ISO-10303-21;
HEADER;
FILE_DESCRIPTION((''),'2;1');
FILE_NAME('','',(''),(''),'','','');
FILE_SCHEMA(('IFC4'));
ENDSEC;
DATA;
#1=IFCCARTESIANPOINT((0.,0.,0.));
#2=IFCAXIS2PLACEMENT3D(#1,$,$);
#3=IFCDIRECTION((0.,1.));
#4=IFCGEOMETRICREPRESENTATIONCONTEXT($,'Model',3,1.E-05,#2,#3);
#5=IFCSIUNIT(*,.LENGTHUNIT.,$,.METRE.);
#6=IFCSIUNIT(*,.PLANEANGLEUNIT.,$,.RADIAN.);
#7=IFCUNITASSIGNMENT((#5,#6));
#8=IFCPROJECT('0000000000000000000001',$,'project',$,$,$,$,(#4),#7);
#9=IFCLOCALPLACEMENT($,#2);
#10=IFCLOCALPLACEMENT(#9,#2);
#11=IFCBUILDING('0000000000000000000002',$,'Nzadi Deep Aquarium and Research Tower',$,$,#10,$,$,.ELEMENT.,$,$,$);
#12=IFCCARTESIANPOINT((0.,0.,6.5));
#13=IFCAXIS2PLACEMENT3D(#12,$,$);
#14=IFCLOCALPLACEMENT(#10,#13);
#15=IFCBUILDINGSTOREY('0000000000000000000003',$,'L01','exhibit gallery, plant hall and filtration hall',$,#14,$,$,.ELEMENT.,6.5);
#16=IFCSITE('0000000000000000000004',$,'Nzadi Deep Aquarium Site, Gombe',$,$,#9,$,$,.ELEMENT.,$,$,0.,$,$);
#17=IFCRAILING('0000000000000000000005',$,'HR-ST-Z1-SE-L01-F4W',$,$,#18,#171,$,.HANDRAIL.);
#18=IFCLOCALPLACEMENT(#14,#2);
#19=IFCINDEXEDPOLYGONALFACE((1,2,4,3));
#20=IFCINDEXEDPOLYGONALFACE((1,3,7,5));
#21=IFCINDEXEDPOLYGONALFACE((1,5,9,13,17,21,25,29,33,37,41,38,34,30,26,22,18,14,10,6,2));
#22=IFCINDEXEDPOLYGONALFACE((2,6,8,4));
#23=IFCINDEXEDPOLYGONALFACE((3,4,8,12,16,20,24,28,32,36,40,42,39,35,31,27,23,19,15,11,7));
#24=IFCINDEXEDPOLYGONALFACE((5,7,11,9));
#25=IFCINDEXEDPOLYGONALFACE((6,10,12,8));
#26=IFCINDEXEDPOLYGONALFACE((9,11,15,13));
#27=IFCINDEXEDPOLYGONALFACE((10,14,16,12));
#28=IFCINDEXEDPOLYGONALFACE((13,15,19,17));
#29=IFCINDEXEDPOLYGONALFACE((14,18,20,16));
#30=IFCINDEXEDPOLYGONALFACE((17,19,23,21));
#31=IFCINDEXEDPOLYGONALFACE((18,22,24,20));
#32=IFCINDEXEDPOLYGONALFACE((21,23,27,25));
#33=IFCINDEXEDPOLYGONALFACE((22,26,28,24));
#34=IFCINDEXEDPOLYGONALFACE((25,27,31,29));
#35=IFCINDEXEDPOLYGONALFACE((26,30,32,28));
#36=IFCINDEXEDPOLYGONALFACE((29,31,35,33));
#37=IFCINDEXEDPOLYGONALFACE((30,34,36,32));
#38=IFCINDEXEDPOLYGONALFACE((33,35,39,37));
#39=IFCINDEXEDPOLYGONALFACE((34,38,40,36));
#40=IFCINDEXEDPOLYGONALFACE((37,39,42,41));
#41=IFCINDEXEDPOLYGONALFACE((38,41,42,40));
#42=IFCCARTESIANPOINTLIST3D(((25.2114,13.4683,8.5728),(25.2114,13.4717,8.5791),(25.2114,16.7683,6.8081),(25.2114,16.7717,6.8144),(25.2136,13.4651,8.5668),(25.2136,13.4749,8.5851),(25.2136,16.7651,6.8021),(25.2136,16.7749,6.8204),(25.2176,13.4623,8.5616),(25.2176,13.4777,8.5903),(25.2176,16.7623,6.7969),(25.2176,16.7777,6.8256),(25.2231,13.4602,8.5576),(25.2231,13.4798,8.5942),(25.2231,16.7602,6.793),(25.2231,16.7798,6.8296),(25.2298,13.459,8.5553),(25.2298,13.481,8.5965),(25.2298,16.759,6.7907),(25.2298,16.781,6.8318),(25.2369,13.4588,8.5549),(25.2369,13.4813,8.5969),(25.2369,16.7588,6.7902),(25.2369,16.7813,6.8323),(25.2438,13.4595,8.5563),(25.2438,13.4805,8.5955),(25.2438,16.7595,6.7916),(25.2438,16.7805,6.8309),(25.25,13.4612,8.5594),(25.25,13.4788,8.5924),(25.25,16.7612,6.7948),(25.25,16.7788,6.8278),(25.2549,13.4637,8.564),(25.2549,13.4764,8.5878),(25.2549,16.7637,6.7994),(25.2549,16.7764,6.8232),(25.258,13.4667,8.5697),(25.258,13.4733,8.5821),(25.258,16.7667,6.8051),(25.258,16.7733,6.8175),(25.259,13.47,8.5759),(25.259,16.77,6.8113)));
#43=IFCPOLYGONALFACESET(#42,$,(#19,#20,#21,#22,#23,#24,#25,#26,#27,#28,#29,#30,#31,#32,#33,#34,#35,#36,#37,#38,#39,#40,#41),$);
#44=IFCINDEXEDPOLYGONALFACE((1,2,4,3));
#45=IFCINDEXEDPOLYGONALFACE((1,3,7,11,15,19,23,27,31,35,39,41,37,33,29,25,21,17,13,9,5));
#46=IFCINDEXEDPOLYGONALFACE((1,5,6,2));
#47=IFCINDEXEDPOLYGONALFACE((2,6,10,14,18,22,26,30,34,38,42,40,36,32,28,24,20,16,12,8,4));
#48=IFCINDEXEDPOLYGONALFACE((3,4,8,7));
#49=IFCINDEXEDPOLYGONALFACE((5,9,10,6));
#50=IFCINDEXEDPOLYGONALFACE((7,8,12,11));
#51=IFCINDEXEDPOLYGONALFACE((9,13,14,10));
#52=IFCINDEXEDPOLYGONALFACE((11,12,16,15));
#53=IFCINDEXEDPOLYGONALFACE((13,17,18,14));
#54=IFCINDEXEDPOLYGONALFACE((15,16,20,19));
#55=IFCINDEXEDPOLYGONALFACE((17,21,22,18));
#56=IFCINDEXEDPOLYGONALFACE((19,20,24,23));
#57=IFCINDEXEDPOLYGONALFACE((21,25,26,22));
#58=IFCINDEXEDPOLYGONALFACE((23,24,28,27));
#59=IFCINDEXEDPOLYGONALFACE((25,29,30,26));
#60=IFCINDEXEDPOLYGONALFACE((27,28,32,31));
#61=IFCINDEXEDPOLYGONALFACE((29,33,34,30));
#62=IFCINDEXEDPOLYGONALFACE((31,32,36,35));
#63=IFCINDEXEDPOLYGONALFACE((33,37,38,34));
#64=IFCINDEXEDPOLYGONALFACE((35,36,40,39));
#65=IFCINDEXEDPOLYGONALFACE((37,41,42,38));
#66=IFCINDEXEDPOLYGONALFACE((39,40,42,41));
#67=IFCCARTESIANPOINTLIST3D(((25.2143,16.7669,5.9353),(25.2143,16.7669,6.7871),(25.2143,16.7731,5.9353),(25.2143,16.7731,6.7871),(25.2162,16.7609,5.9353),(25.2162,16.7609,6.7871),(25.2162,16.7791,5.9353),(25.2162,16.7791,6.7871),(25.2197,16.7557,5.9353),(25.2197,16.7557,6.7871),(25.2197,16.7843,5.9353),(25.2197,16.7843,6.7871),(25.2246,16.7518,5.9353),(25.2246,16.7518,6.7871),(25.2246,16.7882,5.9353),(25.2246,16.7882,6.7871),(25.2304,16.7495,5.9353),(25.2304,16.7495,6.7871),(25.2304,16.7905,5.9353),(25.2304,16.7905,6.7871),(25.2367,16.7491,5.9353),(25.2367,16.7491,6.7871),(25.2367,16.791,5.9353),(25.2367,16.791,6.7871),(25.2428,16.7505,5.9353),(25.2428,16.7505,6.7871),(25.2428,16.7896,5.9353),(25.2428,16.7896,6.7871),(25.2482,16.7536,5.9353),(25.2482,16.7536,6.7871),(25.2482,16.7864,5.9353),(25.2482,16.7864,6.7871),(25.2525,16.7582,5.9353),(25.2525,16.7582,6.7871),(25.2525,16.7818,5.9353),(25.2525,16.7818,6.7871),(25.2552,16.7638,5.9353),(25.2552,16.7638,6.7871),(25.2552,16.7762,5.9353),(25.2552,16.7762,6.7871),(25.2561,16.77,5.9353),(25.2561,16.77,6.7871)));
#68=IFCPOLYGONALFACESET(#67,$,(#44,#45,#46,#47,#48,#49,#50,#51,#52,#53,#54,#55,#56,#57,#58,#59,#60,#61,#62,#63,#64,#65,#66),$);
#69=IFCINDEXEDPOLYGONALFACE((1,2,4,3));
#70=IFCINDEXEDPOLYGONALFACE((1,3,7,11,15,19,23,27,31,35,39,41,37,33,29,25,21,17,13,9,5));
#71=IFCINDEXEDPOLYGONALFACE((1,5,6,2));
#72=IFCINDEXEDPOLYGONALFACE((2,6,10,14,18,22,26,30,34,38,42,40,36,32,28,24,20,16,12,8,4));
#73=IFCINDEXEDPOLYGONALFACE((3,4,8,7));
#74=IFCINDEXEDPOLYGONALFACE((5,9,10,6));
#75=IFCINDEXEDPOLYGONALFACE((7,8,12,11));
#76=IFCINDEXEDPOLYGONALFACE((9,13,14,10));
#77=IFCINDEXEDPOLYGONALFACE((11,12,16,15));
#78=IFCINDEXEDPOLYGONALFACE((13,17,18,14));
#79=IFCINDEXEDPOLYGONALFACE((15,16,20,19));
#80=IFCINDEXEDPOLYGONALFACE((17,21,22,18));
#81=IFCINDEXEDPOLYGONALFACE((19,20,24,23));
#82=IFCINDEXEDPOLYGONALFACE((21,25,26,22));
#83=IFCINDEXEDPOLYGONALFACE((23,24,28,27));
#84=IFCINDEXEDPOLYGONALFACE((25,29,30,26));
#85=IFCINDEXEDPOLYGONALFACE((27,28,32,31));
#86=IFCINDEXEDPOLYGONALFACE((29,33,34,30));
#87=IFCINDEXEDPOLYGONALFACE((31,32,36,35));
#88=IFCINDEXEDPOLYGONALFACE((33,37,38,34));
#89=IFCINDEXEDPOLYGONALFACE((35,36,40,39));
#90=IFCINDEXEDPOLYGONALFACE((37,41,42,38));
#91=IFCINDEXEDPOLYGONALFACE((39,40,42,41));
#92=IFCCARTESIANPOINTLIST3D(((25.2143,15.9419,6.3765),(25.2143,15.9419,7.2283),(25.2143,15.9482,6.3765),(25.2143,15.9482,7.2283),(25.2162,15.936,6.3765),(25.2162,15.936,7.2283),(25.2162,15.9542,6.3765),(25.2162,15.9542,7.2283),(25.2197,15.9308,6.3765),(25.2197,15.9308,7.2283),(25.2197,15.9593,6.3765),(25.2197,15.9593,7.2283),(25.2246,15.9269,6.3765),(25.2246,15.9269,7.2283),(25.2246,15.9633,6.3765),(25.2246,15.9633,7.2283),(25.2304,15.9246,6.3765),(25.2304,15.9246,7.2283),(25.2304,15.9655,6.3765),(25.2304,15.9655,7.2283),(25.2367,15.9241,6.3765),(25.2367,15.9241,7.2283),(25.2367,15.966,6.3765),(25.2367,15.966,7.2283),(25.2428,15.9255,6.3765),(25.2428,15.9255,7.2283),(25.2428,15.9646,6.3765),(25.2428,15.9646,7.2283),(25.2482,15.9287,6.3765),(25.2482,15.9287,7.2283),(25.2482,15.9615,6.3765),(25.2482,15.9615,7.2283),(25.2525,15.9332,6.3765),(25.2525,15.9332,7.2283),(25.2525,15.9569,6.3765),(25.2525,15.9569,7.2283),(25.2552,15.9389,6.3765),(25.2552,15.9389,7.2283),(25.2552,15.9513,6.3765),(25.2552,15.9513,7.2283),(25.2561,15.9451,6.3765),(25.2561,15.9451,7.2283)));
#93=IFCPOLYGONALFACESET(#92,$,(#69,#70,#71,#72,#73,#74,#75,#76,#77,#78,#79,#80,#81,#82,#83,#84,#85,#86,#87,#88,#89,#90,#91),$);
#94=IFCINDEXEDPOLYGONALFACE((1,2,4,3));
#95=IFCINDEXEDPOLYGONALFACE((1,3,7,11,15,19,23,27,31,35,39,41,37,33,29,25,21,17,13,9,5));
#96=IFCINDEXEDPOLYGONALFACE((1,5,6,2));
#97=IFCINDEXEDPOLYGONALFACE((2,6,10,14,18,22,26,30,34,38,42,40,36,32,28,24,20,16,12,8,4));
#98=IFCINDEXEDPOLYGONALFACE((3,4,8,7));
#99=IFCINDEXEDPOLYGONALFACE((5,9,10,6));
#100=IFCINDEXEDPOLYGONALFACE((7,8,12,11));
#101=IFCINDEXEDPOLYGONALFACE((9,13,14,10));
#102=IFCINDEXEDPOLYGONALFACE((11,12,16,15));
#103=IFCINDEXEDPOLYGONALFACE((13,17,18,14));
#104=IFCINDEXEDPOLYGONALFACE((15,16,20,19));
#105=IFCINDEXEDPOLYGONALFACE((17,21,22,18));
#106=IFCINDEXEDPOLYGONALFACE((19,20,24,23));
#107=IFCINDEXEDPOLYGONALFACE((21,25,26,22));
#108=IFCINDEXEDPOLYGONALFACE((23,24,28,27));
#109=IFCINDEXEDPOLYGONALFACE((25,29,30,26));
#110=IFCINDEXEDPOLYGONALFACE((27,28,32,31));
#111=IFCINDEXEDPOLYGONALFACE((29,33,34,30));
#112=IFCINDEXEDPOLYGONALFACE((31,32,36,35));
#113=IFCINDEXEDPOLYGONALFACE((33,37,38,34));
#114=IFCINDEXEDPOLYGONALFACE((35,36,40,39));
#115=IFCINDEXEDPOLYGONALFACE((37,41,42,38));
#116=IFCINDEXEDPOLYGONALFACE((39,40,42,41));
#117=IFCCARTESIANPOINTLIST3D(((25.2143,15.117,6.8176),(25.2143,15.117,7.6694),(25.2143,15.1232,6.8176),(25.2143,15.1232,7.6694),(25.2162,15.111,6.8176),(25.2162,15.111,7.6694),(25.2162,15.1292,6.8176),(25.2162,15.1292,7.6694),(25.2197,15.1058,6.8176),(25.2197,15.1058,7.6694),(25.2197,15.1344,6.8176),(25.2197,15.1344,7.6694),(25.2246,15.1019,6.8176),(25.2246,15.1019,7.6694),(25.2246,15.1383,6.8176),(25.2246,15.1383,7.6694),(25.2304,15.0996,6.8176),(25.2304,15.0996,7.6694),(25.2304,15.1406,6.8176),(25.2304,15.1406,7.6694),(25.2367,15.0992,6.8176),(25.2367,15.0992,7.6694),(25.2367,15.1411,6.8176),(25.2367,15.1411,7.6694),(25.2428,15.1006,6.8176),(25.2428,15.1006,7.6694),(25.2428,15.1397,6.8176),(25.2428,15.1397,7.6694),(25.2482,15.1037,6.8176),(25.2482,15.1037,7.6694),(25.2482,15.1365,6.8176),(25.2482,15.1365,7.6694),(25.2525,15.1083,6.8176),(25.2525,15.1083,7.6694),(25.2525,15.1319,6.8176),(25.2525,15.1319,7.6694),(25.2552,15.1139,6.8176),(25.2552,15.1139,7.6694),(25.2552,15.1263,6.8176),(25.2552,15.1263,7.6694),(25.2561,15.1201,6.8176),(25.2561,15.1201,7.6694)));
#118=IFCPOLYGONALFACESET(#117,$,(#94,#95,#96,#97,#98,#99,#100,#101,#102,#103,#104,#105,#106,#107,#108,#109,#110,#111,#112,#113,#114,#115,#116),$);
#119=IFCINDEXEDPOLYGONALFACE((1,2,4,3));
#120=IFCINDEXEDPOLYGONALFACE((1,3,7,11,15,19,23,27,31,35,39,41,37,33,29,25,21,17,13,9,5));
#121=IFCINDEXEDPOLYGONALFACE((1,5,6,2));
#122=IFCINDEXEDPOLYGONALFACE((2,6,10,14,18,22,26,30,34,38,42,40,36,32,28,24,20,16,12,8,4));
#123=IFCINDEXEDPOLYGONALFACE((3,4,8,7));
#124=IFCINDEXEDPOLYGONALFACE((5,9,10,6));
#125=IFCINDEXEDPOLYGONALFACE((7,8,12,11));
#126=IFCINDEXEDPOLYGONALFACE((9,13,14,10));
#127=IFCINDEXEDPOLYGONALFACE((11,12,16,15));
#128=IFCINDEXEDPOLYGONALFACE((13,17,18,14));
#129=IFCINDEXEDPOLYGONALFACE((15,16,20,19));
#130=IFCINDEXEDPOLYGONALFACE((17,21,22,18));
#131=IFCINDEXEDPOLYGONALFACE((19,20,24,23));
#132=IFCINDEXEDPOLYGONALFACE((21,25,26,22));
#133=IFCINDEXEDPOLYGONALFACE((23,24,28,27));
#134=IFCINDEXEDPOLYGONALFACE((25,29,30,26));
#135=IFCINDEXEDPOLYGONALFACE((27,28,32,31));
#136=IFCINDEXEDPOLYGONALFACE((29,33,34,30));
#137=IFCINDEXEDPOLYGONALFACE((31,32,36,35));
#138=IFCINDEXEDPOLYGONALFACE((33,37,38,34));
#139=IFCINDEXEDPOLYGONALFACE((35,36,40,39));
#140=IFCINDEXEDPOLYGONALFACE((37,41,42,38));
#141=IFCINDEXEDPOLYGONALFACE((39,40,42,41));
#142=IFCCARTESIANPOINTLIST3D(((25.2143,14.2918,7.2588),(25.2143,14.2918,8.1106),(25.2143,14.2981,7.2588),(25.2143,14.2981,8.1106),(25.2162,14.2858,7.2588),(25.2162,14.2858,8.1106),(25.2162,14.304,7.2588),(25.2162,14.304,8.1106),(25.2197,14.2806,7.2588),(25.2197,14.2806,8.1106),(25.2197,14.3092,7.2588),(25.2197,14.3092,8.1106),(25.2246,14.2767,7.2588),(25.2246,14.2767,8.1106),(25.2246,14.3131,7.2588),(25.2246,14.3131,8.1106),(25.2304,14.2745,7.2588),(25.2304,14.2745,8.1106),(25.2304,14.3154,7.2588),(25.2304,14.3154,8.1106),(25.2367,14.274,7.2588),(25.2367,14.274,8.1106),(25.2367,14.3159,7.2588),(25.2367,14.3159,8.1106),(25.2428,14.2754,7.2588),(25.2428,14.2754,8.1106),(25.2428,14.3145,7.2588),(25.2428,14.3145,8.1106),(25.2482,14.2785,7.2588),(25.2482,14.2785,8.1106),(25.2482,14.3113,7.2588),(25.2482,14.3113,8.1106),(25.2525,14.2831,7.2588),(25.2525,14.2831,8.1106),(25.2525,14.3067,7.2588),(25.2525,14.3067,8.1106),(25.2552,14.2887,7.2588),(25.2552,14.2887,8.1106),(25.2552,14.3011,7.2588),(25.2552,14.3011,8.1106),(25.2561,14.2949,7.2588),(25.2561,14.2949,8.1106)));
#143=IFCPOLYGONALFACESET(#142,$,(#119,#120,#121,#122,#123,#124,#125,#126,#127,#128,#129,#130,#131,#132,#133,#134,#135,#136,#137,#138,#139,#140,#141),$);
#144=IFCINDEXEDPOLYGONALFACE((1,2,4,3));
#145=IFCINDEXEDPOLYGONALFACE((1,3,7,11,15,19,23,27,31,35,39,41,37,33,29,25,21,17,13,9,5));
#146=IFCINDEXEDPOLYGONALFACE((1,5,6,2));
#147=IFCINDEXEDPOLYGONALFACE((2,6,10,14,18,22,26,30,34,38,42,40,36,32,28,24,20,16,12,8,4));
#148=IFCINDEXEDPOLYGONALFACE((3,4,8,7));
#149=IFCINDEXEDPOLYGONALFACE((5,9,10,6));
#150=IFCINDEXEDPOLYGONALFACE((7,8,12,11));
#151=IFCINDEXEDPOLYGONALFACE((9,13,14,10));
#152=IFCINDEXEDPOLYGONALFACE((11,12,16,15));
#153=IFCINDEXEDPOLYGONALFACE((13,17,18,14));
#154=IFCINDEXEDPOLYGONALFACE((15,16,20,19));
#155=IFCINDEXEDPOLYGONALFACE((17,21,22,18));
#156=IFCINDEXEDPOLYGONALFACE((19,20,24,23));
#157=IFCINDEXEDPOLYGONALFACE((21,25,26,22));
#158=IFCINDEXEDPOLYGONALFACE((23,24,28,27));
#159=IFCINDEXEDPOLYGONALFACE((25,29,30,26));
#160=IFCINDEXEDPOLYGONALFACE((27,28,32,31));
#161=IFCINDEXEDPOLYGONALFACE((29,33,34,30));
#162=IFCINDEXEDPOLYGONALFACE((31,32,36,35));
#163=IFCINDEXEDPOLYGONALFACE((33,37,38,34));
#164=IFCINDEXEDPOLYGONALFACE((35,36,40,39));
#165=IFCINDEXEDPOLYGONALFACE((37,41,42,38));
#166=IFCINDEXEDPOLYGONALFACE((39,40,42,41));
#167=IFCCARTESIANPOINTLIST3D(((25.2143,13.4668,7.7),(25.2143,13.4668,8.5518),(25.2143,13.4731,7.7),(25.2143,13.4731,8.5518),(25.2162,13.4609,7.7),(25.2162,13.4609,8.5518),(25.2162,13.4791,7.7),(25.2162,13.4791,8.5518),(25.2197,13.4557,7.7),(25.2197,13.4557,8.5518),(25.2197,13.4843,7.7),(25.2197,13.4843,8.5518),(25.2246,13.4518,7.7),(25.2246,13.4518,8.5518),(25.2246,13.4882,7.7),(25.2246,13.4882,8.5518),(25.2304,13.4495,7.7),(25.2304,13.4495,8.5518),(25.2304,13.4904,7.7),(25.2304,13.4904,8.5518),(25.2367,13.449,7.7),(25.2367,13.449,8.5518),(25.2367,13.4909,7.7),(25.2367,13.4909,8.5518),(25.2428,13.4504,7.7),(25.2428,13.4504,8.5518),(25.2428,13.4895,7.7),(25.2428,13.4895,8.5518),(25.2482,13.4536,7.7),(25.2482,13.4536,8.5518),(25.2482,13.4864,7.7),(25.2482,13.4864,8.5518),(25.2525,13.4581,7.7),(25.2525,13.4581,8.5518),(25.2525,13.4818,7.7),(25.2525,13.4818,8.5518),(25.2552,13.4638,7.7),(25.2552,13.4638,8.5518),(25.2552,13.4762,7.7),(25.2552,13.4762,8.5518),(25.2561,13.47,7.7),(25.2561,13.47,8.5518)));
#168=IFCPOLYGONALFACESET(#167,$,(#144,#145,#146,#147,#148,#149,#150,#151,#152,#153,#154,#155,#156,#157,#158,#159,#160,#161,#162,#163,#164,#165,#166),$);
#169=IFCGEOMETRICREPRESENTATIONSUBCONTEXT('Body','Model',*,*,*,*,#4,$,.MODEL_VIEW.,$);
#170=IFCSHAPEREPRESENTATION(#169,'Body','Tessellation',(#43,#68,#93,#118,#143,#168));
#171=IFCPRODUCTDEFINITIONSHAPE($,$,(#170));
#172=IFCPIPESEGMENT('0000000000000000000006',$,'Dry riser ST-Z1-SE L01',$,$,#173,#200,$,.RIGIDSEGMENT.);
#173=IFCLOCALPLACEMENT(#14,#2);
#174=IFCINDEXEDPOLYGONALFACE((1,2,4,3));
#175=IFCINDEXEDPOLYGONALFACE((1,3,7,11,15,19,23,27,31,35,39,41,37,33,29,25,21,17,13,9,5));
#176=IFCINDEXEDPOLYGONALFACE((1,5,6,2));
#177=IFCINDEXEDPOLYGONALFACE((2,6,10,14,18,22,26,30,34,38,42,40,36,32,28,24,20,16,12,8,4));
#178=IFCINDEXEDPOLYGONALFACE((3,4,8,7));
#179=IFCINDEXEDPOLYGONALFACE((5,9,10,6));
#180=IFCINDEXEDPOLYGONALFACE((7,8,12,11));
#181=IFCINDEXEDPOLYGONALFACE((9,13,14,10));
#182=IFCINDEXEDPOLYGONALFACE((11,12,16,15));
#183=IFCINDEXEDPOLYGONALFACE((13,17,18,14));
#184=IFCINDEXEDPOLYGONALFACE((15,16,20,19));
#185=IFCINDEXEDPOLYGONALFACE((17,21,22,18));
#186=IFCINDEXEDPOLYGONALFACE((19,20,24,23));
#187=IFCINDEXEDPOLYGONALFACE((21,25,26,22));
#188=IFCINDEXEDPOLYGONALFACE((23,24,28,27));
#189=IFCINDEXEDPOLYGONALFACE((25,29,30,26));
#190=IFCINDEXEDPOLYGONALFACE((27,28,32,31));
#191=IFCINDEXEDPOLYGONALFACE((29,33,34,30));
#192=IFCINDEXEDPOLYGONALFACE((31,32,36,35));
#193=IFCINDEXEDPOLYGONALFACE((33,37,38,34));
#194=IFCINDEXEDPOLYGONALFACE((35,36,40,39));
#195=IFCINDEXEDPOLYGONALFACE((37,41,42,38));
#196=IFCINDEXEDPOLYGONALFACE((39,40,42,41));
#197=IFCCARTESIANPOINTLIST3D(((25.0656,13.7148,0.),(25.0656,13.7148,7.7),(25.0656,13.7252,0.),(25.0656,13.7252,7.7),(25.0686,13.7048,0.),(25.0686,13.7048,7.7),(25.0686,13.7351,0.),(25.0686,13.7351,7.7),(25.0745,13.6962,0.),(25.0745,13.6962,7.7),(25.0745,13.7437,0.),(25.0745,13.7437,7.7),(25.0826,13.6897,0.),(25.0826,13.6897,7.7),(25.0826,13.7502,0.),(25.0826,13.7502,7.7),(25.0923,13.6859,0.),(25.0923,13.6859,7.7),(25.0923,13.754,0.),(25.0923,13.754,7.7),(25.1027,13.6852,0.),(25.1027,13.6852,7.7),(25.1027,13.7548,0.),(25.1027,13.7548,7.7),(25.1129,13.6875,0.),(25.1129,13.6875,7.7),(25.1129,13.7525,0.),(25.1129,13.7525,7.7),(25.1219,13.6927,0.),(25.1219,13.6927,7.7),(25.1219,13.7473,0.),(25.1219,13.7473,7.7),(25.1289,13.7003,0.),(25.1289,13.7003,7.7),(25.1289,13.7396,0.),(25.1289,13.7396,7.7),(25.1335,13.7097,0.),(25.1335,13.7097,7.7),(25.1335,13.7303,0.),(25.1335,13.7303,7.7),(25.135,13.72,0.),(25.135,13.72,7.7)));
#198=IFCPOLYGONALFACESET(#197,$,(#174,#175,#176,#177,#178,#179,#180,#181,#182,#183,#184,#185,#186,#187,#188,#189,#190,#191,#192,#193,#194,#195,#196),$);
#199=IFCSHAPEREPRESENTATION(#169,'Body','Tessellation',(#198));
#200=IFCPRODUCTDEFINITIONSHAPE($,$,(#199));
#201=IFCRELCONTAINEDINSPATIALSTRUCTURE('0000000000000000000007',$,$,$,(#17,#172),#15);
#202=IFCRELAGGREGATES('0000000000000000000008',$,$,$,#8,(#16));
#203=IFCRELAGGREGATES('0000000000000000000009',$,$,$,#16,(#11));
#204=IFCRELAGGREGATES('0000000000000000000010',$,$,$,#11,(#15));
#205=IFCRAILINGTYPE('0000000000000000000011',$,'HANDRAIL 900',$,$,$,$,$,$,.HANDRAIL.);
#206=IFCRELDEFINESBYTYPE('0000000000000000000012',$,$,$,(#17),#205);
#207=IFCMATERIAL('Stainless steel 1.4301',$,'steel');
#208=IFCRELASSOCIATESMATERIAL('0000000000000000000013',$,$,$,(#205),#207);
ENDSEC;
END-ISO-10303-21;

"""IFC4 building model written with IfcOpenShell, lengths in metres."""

from ifc_helpers import new_model, si_unit, direction, frame, origin, origin_2d, place, context, subcontext, project, spatial, circle, extrude, material, type_object, element, save


model = new_model("IFC4")

# Units and contexts
model_context = context("Model", 3, precision=1e-05, world=origin(), true_north=direction((0.0, 1.0)))
body_context = subcontext(model_context, "Body", "Model", "MODEL_VIEW")
ifc_project = project(units=[si_unit("LENGTHUNIT", "METRE"), si_unit("PLANEANGLEUNIT", "RADIAN")], contexts=[model_context])

# Site, building, storey
site_placement = place(None, origin())
site = spatial("IfcSite", under=ifc_project, at=site_placement, Name="Nzadi Deep Aquarium Site, Gombe", CompositionType="ELEMENT", RefElevation=0.0)
building_placement = place(site_placement, origin())
building = spatial("IfcBuilding", under=site, at=building_placement, Name="Nzadi Deep Aquarium and Research Tower", CompositionType="ELEMENT")
storey_placement = place(building_placement, frame((0.0, 0.0, 6.5)))
storey = spatial("IfcBuildingStorey", under=building, at=storey_placement, Name="L01", Description="exhibit gallery, plant hall and filtration hall", CompositionType="ELEMENT", Elevation=6.5)

# Railing
ifc_material_1 = material(Name="Stainless steel 1.4301", Category="steel")
railing_type = type_object("IfcRailingType", Name="HANDRAIL 900", PredefinedType="HANDRAIL", material=ifc_material_1)
for number, where, name in (
    (1, (25.2351, 16.77, 5.9353), "HR-ST-Z1-SE-L01-F4W"),
):
    element("IfcRailing", number, at=place(storey_placement, frame(where)), inside=storey, type_object=railing_type, Name=name, PredefinedType="HANDRAIL", context=body_context, shape_type="SweptSolid", body=[
        extrude(circle(Radius=0.0239, at=origin_2d()), frame((0.0, 0.0, 0.876), z_axis=(0.0, -0.88184, 0.47155), x_axis=(1.0, 0.0, 0.0)), (0.0, 0.0, 1.0), 3.7422),
        extrude(circle(Radius=0.021, at=origin_2d()), origin(), (0.0, 0.0, 1.0), 0.8518),
        extrude(circle(Radius=0.021, at=origin_2d()), frame((0.0, -0.825, 0.4412)), (0.0, 0.0, 1.0), 0.8518),
        extrude(circle(Radius=0.021, at=origin_2d()), frame((0.0, -1.6499, 0.8823)), (0.0, 0.0, 1.0), 0.8518),
        extrude(circle(Radius=0.021, at=origin_2d()), frame((0.0, -2.4751, 1.3235)), (0.0, 0.0, 1.0), 0.8518),
        extrude(circle(Radius=0.021, at=origin_2d()), frame((0.0, -3.3, 1.7646)), (0.0, 0.0, 1.0), 0.8518),
    ])

# Pipe segment
pipe_segment_placement = place(storey_placement, frame((25.1001, 13.72, 0.0), z_axis=(0.0, 0.0, 1.0), x_axis=(1.0, 0.0, 0.0)))
element("IfcPipeSegment", 2, at=pipe_segment_placement, inside=storey, Name="Dry riser ST-Z1-SE L01", PredefinedType="RIGIDSEGMENT", context=body_context, shape_type="SweptSolid", body=[
    extrude(circle(Radius=0.0349, at=origin_2d()), origin(), (0.0, 0.0, 1.0), 7.7),
])

save(model, "model.ifc")
